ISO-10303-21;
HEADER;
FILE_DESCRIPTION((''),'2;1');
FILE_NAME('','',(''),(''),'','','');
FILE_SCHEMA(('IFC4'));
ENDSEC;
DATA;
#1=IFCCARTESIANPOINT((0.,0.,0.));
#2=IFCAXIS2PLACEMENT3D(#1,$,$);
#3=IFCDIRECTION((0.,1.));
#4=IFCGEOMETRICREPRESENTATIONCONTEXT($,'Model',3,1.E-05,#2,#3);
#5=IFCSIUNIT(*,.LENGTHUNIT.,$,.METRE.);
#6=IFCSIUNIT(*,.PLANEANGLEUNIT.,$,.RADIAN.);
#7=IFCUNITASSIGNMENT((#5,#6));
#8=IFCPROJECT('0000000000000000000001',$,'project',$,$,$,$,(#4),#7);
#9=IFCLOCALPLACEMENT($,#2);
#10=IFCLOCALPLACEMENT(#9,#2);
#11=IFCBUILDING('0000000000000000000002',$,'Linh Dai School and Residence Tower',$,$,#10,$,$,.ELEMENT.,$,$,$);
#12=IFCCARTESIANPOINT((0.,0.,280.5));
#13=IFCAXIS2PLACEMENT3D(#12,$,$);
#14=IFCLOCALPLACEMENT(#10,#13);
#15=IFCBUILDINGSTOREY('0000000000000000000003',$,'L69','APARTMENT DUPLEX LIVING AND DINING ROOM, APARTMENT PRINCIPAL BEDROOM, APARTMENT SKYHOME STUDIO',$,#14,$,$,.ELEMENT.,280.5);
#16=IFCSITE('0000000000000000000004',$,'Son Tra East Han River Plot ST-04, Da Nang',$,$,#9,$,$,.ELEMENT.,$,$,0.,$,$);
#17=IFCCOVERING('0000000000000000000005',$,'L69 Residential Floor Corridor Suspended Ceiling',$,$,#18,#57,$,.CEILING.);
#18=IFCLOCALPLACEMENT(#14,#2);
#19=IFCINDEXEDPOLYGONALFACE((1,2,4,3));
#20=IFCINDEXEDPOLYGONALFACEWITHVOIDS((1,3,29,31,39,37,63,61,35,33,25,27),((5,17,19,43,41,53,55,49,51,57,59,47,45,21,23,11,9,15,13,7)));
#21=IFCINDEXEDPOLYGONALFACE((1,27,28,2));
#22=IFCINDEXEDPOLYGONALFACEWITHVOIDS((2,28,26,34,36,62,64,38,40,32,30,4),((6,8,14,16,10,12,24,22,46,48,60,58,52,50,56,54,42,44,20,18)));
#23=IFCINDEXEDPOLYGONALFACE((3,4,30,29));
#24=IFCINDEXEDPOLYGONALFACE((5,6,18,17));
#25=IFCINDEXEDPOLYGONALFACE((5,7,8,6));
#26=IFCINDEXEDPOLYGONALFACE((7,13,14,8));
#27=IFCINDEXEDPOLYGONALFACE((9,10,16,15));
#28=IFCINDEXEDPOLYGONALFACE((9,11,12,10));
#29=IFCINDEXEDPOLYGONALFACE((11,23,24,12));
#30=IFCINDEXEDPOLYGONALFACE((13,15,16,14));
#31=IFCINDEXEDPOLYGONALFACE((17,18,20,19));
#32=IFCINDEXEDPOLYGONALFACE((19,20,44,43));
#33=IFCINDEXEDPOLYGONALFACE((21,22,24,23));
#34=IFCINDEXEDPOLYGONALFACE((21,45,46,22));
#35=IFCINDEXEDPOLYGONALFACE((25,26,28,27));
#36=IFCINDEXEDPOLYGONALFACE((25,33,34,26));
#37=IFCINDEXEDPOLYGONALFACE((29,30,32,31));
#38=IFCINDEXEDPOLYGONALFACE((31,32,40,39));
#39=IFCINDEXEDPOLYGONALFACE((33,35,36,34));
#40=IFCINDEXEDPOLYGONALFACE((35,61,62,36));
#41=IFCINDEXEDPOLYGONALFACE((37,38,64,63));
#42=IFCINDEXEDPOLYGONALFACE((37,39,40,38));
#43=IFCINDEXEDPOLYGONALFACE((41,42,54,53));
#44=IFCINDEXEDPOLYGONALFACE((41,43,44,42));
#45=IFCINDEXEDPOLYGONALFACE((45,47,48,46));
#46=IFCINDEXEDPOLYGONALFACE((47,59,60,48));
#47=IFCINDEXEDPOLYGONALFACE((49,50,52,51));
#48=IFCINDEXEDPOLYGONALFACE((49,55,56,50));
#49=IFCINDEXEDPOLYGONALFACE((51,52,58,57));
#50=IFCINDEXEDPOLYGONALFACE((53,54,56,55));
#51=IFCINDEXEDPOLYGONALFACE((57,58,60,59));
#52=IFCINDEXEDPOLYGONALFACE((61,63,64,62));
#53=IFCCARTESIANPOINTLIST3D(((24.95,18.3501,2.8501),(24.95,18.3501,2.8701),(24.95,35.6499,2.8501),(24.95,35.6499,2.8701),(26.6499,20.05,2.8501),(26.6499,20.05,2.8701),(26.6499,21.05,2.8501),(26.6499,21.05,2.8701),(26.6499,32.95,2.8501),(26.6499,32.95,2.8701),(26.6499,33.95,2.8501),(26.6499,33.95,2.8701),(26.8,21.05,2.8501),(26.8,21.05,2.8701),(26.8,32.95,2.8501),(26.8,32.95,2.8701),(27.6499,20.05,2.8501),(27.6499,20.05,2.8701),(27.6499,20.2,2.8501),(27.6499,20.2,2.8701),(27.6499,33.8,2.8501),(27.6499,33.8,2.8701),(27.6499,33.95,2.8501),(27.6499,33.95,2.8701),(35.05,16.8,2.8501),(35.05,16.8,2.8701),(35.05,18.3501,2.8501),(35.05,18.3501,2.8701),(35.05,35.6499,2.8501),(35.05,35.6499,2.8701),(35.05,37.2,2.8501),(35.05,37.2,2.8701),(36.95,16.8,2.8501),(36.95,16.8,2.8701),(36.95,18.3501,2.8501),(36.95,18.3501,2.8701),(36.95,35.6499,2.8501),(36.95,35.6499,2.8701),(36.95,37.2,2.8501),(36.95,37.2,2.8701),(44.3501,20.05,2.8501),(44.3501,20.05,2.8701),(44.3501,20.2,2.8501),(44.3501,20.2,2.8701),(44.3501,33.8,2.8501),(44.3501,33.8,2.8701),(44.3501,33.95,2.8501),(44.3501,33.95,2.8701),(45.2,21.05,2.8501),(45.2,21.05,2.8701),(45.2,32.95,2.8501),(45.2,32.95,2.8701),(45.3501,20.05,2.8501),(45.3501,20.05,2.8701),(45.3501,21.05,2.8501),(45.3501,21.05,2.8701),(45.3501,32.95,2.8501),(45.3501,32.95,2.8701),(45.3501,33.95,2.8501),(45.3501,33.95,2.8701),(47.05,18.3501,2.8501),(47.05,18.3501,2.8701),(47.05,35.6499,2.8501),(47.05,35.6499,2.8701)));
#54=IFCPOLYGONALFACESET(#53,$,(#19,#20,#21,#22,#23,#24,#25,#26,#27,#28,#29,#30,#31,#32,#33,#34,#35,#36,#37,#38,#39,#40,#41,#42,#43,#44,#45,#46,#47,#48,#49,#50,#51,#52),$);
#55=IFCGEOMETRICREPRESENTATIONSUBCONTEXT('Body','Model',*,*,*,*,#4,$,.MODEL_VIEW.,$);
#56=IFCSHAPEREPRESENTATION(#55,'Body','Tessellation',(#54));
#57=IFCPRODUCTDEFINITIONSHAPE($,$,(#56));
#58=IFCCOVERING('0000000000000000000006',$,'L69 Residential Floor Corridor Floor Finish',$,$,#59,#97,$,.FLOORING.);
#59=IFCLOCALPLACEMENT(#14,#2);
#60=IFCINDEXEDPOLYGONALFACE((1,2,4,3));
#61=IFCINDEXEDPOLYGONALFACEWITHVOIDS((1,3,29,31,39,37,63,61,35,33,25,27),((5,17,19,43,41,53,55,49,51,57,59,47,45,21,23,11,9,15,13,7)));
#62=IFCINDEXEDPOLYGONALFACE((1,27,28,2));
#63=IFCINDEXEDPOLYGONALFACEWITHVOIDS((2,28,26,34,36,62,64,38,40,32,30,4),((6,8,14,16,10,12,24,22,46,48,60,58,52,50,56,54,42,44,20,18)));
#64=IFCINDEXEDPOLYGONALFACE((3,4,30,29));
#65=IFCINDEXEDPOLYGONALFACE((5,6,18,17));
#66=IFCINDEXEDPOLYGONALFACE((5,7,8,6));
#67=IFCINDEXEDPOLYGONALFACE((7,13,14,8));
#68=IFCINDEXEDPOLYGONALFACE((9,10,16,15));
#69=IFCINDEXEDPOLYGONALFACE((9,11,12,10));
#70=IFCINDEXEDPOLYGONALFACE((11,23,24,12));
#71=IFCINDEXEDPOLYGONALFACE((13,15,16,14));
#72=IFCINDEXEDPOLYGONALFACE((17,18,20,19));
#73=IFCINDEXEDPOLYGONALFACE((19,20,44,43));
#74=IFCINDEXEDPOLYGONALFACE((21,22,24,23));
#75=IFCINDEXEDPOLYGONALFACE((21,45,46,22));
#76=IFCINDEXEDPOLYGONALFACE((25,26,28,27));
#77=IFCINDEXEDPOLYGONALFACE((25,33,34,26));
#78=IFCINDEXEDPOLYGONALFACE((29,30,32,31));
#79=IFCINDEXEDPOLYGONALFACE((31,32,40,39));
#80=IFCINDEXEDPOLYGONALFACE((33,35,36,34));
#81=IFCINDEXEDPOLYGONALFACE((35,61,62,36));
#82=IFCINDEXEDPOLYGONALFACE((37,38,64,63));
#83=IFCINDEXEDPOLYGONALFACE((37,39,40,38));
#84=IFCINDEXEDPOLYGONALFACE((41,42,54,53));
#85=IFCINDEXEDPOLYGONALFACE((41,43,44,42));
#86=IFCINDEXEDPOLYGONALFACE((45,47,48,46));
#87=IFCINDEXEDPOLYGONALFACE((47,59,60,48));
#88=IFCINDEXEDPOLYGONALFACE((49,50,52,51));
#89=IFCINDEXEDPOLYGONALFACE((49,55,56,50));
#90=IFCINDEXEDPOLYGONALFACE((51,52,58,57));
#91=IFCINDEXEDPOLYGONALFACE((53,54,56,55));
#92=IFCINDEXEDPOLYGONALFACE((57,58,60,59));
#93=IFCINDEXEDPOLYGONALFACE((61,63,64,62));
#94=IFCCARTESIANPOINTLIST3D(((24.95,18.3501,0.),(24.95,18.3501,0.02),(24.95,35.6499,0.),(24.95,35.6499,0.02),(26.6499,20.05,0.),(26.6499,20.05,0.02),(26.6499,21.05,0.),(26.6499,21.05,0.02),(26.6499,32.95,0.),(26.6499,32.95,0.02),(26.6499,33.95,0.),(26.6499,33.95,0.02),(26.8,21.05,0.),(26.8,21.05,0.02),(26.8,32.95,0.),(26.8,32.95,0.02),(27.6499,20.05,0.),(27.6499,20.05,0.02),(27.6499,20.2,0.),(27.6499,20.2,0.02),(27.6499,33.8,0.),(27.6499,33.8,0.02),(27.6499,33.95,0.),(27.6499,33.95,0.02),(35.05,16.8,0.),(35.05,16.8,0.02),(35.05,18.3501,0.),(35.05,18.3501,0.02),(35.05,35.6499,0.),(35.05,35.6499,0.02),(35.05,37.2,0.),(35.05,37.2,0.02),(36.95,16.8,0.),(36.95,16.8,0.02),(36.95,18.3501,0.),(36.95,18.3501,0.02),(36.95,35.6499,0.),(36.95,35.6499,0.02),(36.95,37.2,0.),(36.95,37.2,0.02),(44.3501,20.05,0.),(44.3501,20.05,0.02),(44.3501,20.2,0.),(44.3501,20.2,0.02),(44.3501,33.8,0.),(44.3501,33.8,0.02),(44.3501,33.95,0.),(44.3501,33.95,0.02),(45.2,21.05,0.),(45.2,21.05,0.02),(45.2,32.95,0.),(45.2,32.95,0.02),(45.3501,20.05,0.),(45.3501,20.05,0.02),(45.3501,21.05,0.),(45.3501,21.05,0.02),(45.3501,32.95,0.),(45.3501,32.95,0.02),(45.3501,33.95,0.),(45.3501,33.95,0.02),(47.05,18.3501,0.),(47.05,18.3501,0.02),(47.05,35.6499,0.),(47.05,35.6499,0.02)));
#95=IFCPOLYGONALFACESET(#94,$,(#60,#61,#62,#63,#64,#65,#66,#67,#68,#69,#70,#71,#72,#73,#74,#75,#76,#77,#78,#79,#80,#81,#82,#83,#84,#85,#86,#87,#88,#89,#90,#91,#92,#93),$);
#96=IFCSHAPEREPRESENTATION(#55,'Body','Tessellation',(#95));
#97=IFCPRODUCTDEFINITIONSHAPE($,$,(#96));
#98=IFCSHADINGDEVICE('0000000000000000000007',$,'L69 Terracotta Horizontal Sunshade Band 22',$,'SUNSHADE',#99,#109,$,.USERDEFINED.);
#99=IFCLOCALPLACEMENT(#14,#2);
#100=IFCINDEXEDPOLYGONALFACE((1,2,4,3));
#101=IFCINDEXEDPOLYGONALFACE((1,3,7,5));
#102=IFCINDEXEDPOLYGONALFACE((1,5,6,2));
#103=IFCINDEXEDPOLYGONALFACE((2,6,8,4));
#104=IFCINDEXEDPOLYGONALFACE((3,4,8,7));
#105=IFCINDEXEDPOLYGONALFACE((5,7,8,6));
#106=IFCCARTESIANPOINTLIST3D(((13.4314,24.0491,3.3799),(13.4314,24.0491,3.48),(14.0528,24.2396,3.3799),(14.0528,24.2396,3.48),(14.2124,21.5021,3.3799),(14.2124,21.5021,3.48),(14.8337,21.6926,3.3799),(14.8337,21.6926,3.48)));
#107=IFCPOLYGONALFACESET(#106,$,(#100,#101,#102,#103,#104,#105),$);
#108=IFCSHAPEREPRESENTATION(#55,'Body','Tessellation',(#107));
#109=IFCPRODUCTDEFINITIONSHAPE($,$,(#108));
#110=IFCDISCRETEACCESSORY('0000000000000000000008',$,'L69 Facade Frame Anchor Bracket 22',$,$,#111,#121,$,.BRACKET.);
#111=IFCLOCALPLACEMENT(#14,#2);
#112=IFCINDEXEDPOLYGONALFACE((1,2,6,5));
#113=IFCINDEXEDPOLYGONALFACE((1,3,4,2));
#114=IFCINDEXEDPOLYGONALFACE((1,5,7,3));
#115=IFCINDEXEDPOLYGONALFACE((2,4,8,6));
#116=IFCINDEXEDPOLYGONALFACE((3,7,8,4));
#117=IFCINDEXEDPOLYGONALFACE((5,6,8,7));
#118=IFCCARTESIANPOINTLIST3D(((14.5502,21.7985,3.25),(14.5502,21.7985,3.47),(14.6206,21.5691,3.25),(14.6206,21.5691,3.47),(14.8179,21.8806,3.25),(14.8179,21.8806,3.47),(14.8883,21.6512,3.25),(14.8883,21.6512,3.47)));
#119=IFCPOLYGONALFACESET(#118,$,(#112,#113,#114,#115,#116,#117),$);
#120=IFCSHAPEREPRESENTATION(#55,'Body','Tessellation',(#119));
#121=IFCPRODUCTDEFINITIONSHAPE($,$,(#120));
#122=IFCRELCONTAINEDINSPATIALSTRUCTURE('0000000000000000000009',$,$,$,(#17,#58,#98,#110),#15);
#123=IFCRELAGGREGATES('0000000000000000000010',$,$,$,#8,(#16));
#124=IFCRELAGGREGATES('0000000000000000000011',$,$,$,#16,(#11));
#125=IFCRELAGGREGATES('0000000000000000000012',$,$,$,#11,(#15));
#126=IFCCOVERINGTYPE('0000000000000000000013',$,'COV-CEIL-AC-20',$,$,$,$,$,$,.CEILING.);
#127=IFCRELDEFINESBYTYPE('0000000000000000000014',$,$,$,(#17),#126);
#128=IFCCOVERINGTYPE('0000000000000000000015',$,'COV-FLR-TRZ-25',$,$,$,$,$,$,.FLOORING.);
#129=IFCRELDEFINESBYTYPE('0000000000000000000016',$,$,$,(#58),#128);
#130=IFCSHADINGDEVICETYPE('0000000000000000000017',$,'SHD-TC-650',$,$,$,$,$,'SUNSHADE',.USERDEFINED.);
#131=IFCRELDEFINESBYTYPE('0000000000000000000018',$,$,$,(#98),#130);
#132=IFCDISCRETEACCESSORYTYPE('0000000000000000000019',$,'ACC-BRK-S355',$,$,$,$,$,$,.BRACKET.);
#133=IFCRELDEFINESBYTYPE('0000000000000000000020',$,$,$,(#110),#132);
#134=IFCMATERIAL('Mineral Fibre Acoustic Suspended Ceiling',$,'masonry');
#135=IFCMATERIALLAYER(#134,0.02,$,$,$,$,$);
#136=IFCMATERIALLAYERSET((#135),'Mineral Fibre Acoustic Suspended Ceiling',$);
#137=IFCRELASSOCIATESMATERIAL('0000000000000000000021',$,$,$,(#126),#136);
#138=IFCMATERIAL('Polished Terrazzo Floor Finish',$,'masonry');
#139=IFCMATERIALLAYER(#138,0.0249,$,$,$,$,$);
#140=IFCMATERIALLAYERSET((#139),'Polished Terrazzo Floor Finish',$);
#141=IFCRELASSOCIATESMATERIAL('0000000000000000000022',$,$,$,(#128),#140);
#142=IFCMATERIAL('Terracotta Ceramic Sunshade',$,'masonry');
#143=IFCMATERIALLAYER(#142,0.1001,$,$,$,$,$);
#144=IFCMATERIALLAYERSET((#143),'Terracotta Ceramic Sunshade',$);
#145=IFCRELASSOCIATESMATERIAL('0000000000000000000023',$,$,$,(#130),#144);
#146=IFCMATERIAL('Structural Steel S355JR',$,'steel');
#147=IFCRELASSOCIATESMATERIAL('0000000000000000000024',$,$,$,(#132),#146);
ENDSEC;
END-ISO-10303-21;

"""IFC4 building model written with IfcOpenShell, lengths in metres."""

from ifc_helpers import new_model, si_unit, direction, frame, origin, origin_2d, place, context, subcontext, project, spatial, polyline, rectangle, outline, extrude, source, transform, mapped, material, layer, layer_set, type_object, element, save


model = new_model("IFC4")

# Units and contexts
model_context = context("Model", 3, precision=1e-05, world=origin(), true_north=direction((0.0, 1.0)))
body_context = subcontext(model_context, "Body", "Model", "MODEL_VIEW")
ifc_project = project(units=[si_unit("LENGTHUNIT", "METRE"), si_unit("PLANEANGLEUNIT", "RADIAN")], contexts=[model_context])

# Site, building, storey
site_placement = place(None, origin())
site = spatial("IfcSite", under=ifc_project, at=site_placement, Name="Son Tra East Han River Plot ST-04, Da Nang", CompositionType="ELEMENT", RefElevation=0.0)
building_placement = place(site_placement, origin())
building = spatial("IfcBuilding", under=site, at=building_placement, Name="Linh Dai School and Residence Tower", CompositionType="ELEMENT")
storey_placement = place(building_placement, frame((0.0, 0.0, 280.5)))
storey = spatial("IfcBuildingStorey", under=building, at=storey_placement, Name="L69", Description="APARTMENT DUPLEX LIVING AND DINING ROOM, APARTMENT PRINCIPAL BEDROOM, APARTMENT SKYHOME STUDIO", CompositionType="ELEMENT", Elevation=280.5)

# Shared definitions
ifc_material_1 = material(Name="Structural Steel S355JR", Category="steel")

# Coverings
ifc_material_2 = material(Name="Mineral Fibre Acoustic Suspended Ceiling", Category="masonry")
ifc_layer_1 = layer(ifc_material_2, 0.02)
ifc_layer_set_1 = layer_set([ifc_layer_1], Name="Mineral Fibre Acoustic Suspended Ceiling")
covering_type_1 = type_object("IfcCoveringType", Name="COV-CEIL-AC-20", PredefinedType="CEILING", material=ifc_layer_set_1)
covering_1_placement = place(storey_placement, frame((0.0, 0.0, 2.8501)))
element("IfcCovering", 1, at=covering_1_placement, inside=storey, type_object=covering_type_1, Name="L69 Residential Floor Corridor Suspended Ceiling", PredefinedType="CEILING", context=body_context, shape_type="SweptSolid", body=[
    extrude(outline(polyline([(24.95, 18.3501), (24.95, 35.6499), (35.05, 35.6499), (35.05, 37.2), (36.95, 37.2), (36.95, 35.6499), (47.05, 35.6499), (47.05, 18.3501), (36.95, 18.3501), (36.95, 16.8), (35.05, 16.8), (35.05, 18.3501), (24.95, 18.3501)]), holes=[polyline([(27.6499, 33.8), (27.6499, 33.95), (26.6499, 33.95), (26.6499, 32.95), (26.8, 32.95), (26.8, 21.05), (26.6499, 21.05), (26.6499, 20.05), (27.6499, 20.05), (27.6499, 20.2), (44.3501, 20.2), (44.3501, 20.05), (45.3501, 20.05), (45.3501, 21.05), (45.2, 21.05), (45.2, 32.95), (45.3501, 32.95), (45.3501, 33.95), (44.3501, 33.95), (44.3501, 33.8), (27.6499, 33.8)])]), origin(), (0.0, 0.0, 1.0), 0.02),
])
ifc_material_3 = material(Name="Polished Terrazzo Floor Finish", Category="masonry")
ifc_layer_2 = layer(ifc_material_3, 0.0249)
ifc_layer_set_2 = layer_set([ifc_layer_2], Name="Polished Terrazzo Floor Finish")
covering_type_2 = type_object("IfcCoveringType", Name="COV-FLR-TRZ-25", PredefinedType="FLOORING", material=ifc_layer_set_2)
covering_2_placement = place(storey_placement, origin())
element("IfcCovering", 2, at=covering_2_placement, inside=storey, type_object=covering_type_2, Name="L69 Residential Floor Corridor Floor Finish", PredefinedType="FLOORING", context=body_context, shape_type="SweptSolid", body=[
    extrude(outline(polyline([(24.95, 18.3501), (24.95, 35.6499), (35.05, 35.6499), (35.05, 37.2), (36.95, 37.2), (36.95, 35.6499), (47.05, 35.6499), (47.05, 18.3501), (36.95, 18.3501), (36.95, 16.8), (35.05, 16.8), (35.05, 18.3501), (24.95, 18.3501)]), holes=[polyline([(27.6499, 33.8), (27.6499, 33.95), (26.6499, 33.95), (26.6499, 32.95), (26.8, 32.95), (26.8, 21.05), (26.6499, 21.05), (26.6499, 20.05), (27.6499, 20.05), (27.6499, 20.2), (44.3501, 20.2), (44.3501, 20.05), (45.3501, 20.05), (45.3501, 21.05), (45.2, 21.05), (45.2, 32.95), (45.3501, 32.95), (45.3501, 33.95), (44.3501, 33.95), (44.3501, 33.8), (27.6499, 33.8)])]), origin(), (0.0, 0.0, 1.0), 0.02),
])

# Shading device
ifc_material_4 = material(Name="Terracotta Ceramic Sunshade", Category="masonry")
ifc_layer_3 = layer(ifc_material_4, 0.1001)
ifc_layer_set_3 = layer_set([ifc_layer_3], Name="Terracotta Ceramic Sunshade")
shading_device_type = type_object("IfcShadingDeviceType", Name="SHD-TC-650", ElementType="SUNSHADE", PredefinedType="USERDEFINED", material=ifc_layer_set_3)
shared_shape_1 = source(origin(), body_context, "Body", "SweptSolid", [
    extrude(rectangle(XDim=2.6641, YDim=0.6499, at=origin_2d()), origin(), (0.0, 0.0, 1.0), 0.1001),
])
shading_device_placement = place(storey_placement, frame((14.1326, 22.8708, 3.3799), z_axis=(0.0, 0.0, 1.0), x_axis=(-0.293141, 0.956069, 0.0)))
element("IfcShadingDevice", 3, at=shading_device_placement, inside=storey, type_object=shading_device_type, Name="L69 Terracotta Horizontal Sunshade Band 22", ObjectType="SUNSHADE", PredefinedType="USERDEFINED", context=body_context, shape_type="MappedRepresentation", body=[
    mapped(shared_shape_1, transform((0.0, 0.0, 0.0), x_axis=(1.0, 0.0, 0.0), y_axis=(0.0, 1.0, 0.0), z_axis=(0.0, 0.0, 1.0), scale=1.0)),
])

# Discrete accessory
discrete_accessory_type = type_object("IfcDiscreteAccessoryType", Name="ACC-BRK-S355", PredefinedType="BRACKET", material=ifc_material_1)
shared_shape_2 = source(origin(), body_context, "Body", "SweptSolid", [
    extrude(rectangle(XDim=0.28, YDim=0.24, at=origin_2d()), origin(), (0.0, 0.0, 1.0), 0.22),
])
discrete_accessory_placement = place(storey_placement, frame((14.7192, 21.7249, 3.25), z_axis=(0.0, 0.0, 1.0), x_axis=(-0.956069, -0.293141, 0.0)))
element("IfcDiscreteAccessory", 4, at=discrete_accessory_placement, inside=storey, type_object=discrete_accessory_type, Name="L69 Facade Frame Anchor Bracket 22", PredefinedType="BRACKET", context=body_context, shape_type="MappedRepresentation", body=[
    mapped(shared_shape_2, transform((0.0, 0.0, 0.0), x_axis=(1.0, 0.0, 0.0), y_axis=(0.0, 1.0, 0.0), z_axis=(0.0, 0.0, 1.0), scale=1.0)),
])

save(model, "model.ifc")
